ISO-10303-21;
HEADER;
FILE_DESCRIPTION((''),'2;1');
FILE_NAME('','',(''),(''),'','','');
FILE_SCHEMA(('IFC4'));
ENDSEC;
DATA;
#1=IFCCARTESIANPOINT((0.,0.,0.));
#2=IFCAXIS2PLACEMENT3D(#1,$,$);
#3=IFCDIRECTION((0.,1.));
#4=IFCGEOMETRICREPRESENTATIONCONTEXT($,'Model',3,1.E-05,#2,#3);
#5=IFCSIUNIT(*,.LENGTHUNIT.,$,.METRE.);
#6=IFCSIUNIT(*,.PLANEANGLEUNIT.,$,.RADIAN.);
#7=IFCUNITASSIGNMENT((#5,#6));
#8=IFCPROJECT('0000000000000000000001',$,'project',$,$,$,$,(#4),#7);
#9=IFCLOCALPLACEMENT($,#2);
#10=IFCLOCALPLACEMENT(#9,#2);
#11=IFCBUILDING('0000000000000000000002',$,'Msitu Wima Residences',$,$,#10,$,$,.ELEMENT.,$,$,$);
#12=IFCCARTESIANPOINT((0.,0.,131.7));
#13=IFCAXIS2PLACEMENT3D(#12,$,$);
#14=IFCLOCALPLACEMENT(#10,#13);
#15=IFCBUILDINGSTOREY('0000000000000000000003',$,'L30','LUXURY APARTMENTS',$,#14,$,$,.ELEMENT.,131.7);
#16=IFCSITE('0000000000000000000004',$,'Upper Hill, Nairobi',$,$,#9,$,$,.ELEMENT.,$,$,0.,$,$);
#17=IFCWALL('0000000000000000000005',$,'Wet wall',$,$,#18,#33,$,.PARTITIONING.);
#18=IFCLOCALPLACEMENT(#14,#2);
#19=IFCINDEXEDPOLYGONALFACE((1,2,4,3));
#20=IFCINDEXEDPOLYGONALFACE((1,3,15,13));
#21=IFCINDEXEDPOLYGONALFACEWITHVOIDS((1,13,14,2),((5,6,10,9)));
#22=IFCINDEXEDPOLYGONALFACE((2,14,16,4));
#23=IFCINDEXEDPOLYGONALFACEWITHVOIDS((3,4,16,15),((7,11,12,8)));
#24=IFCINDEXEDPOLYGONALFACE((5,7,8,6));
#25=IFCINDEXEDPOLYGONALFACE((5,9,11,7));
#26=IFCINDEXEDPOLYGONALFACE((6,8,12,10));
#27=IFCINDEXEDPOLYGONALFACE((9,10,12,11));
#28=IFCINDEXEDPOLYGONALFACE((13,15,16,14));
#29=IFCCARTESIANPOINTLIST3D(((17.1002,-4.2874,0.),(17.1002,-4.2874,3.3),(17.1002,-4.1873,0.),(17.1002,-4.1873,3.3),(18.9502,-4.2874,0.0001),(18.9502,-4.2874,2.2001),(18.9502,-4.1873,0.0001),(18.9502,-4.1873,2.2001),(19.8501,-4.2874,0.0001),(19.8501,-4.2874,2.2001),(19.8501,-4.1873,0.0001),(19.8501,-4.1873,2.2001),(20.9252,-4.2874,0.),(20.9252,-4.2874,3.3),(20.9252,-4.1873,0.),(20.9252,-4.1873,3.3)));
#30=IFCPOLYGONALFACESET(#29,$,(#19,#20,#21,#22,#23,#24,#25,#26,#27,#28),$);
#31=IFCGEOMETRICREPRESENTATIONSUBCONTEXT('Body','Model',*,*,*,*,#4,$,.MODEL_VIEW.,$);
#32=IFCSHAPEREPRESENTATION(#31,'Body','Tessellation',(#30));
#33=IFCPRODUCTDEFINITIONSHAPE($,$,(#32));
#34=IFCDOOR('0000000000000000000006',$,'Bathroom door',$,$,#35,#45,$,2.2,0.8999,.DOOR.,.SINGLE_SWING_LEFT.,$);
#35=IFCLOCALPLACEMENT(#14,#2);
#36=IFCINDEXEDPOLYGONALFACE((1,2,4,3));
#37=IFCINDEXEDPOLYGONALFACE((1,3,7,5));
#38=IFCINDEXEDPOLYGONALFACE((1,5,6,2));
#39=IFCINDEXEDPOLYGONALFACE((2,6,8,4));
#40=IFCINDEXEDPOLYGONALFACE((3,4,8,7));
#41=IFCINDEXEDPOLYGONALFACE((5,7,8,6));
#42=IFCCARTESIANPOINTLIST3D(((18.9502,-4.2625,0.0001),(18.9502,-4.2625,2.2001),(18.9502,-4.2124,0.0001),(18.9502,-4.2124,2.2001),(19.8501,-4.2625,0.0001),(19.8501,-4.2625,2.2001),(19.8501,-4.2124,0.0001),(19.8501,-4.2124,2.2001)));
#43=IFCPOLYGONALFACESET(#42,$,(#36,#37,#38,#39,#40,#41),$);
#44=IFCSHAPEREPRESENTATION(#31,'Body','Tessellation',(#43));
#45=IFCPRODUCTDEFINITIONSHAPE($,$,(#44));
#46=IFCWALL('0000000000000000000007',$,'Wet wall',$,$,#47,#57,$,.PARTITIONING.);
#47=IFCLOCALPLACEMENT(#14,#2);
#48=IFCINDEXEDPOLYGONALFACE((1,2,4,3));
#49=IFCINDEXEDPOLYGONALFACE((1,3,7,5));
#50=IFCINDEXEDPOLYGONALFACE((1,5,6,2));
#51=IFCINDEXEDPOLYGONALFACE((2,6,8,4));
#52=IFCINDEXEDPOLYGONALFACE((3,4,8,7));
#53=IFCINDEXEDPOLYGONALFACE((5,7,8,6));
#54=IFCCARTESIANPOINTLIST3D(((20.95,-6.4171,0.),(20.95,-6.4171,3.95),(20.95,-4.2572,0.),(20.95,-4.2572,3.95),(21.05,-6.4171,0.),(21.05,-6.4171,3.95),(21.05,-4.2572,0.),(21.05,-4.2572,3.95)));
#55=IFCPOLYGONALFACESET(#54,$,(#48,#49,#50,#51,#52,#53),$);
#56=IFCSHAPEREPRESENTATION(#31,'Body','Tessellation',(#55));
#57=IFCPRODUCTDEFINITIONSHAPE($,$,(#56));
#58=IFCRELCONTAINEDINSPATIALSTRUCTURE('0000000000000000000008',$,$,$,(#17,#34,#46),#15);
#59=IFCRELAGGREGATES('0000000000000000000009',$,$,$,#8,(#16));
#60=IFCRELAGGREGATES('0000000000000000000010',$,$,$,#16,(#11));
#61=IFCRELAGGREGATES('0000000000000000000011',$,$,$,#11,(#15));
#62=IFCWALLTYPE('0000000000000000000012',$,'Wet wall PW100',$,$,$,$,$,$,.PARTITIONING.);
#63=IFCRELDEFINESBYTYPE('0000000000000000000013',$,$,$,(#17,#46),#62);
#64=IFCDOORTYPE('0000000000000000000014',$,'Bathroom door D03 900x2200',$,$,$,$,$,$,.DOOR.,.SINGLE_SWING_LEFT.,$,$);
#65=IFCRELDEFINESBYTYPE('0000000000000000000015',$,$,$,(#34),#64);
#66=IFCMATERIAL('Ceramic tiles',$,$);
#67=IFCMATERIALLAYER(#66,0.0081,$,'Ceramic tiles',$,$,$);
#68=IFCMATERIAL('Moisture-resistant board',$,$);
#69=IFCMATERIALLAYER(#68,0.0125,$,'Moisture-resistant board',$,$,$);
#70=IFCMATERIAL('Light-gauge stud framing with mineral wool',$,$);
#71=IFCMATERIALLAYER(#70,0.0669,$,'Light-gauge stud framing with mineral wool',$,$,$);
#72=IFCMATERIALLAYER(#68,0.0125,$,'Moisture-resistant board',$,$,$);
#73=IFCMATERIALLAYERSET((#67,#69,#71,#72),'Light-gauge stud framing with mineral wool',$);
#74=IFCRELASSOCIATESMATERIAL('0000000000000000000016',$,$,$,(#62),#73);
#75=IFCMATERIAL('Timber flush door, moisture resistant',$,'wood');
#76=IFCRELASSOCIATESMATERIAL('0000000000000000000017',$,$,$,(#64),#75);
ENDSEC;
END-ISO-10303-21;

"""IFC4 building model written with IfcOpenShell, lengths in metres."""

from ifc_helpers import new_model, si_unit, direction, frame, frame_2d, origin, place, context, subcontext, project, spatial, rectangle, extrude, material, layer, layer_set, type_object, element, fill, save


model = new_model("IFC4")

# Units and contexts
model_context = context("Model", 3, precision=1e-05, world=origin(), true_north=direction((0.0, 1.0)))
body_context = subcontext(model_context, "Body", "Model", "MODEL_VIEW")
ifc_project = project(units=[si_unit("LENGTHUNIT", "METRE"), si_unit("PLANEANGLEUNIT", "RADIAN")], contexts=[model_context])

# Site, building, storey
site_placement = place(None, origin())
site = spatial("IfcSite", under=ifc_project, at=site_placement, Name="Upper Hill, Nairobi", CompositionType="ELEMENT", RefElevation=0.0)
building_placement = place(site_placement, origin())
building = spatial("IfcBuilding", under=site, at=building_placement, Name="Msitu Wima Residences", CompositionType="ELEMENT")
storey_placement = place(building_placement, frame((0.0, 0.0, 131.7)))
storey = spatial("IfcBuildingStorey", under=building, at=storey_placement, Name="L30", Description="LUXURY APARTMENTS", CompositionType="ELEMENT", Elevation=131.7)

# Shared definitions
ifc_material_1 = material(Name="Ceramic tiles")
ifc_layer_1 = layer(ifc_material_1, 0.0081, Name="Ceramic tiles")
ifc_material_2 = material(Name="Moisture-resistant board")
ifc_layer_2 = layer(ifc_material_2, 0.0125, Name="Moisture-resistant board")
ifc_material_3 = material(Name="Light-gauge stud framing with mineral wool")
ifc_layer_3 = layer(ifc_material_3, 0.0669, Name="Light-gauge stud framing with mineral wool")
ifc_layer_4 = layer(ifc_material_2, 0.0125, Name="Moisture-resistant board")
ifc_layer_set_1 = layer_set([ifc_layer_1, ifc_layer_2, ifc_layer_3, ifc_layer_4], Name="Light-gauge stud framing with mineral wool")
wall_type_1 = type_object("IfcWallType", Name="Wet wall PW100", PredefinedType="PARTITIONING", material=ifc_layer_set_1)

# Wall, opening, door
wall_1_placement = place(storey_placement, frame((17.1001, -4.2373, 0.0), z_axis=(0.0, 0.0, 1.0), x_axis=(1.0, 0.0, 0.0)))
wall_1 = element("IfcWall", 1, at=wall_1_placement, inside=storey, type_object=wall_type_1, Name="Wet wall", PredefinedType="PARTITIONING", context=body_context, shape_type="SweptSolid", body=[
    extrude(rectangle(XDim=3.825, YDim=0.1001, at=frame_2d((1.9126, 0.0))), origin(), (0.0, 0.0, 1.0), 3.3),
])
opening_1_placement = place(wall_1_placement, frame((1.8501, 0.0, 0.0)))
opening_1 = element("IfcOpeningElement", 2, at=opening_1_placement, cuts=wall_1, PredefinedType="OPENING", context=body_context, shape_type="SweptSolid", body=[
    extrude(rectangle(XDim=0.8999, YDim=2.2, at=frame_2d((0.45, 1.1001))), frame((0.0, 0.0601, 0.0), z_axis=(0.0, -1.0, 0.0), x_axis=(1.0, 0.0, 0.0)), (0.0, 0.0, 1.0), 0.1201),
])
ifc_material_4 = material(Name="Timber flush door, moisture resistant", Category="wood")
door_type_1 = type_object("IfcDoorType", Name="Bathroom door D03 900x2200", OperationType="SINGLE_SWING_LEFT", PredefinedType="DOOR", material=ifc_material_4)
door_1_placement = place(opening_1_placement, origin())
door_1 = element("IfcDoor", 3, at=door_1_placement, inside=storey, type_object=door_type_1, Name="Bathroom door", OperationType="SINGLE_SWING_LEFT", OverallHeight=2.2, OverallWidth=0.8999, PredefinedType="DOOR", context=body_context, shape_type="SweptSolid", body=[
    extrude(rectangle(XDim=0.8999, YDim=2.2, at=frame_2d((0.45, 1.1001))), frame((0.0, 0.0249, 0.0), z_axis=(0.0, -1.0, 0.0), x_axis=(1.0, 0.0, 0.0)), (0.0, 0.0, 1.0), 0.05),
])
fill(opening_1, door_1)

# Wall
wall_2_placement = place(storey_placement, frame((21.0, -6.4172, 0.0), z_axis=(0.0, 0.0, 1.0), x_axis=(0.0, 1.0, 0.0)))
element("IfcWall", 4, at=wall_2_placement, inside=storey, type_object=wall_type_1, Name="Wet wall", PredefinedType="PARTITIONING", context=body_context, shape_type="SweptSolid", body=[
    extrude(rectangle(XDim=2.1599, YDim=0.1001, at=frame_2d((1.0801, 0.0))), origin(), (0.0, 0.0, 1.0), 3.95),
])

save(model, "model.ifc")
